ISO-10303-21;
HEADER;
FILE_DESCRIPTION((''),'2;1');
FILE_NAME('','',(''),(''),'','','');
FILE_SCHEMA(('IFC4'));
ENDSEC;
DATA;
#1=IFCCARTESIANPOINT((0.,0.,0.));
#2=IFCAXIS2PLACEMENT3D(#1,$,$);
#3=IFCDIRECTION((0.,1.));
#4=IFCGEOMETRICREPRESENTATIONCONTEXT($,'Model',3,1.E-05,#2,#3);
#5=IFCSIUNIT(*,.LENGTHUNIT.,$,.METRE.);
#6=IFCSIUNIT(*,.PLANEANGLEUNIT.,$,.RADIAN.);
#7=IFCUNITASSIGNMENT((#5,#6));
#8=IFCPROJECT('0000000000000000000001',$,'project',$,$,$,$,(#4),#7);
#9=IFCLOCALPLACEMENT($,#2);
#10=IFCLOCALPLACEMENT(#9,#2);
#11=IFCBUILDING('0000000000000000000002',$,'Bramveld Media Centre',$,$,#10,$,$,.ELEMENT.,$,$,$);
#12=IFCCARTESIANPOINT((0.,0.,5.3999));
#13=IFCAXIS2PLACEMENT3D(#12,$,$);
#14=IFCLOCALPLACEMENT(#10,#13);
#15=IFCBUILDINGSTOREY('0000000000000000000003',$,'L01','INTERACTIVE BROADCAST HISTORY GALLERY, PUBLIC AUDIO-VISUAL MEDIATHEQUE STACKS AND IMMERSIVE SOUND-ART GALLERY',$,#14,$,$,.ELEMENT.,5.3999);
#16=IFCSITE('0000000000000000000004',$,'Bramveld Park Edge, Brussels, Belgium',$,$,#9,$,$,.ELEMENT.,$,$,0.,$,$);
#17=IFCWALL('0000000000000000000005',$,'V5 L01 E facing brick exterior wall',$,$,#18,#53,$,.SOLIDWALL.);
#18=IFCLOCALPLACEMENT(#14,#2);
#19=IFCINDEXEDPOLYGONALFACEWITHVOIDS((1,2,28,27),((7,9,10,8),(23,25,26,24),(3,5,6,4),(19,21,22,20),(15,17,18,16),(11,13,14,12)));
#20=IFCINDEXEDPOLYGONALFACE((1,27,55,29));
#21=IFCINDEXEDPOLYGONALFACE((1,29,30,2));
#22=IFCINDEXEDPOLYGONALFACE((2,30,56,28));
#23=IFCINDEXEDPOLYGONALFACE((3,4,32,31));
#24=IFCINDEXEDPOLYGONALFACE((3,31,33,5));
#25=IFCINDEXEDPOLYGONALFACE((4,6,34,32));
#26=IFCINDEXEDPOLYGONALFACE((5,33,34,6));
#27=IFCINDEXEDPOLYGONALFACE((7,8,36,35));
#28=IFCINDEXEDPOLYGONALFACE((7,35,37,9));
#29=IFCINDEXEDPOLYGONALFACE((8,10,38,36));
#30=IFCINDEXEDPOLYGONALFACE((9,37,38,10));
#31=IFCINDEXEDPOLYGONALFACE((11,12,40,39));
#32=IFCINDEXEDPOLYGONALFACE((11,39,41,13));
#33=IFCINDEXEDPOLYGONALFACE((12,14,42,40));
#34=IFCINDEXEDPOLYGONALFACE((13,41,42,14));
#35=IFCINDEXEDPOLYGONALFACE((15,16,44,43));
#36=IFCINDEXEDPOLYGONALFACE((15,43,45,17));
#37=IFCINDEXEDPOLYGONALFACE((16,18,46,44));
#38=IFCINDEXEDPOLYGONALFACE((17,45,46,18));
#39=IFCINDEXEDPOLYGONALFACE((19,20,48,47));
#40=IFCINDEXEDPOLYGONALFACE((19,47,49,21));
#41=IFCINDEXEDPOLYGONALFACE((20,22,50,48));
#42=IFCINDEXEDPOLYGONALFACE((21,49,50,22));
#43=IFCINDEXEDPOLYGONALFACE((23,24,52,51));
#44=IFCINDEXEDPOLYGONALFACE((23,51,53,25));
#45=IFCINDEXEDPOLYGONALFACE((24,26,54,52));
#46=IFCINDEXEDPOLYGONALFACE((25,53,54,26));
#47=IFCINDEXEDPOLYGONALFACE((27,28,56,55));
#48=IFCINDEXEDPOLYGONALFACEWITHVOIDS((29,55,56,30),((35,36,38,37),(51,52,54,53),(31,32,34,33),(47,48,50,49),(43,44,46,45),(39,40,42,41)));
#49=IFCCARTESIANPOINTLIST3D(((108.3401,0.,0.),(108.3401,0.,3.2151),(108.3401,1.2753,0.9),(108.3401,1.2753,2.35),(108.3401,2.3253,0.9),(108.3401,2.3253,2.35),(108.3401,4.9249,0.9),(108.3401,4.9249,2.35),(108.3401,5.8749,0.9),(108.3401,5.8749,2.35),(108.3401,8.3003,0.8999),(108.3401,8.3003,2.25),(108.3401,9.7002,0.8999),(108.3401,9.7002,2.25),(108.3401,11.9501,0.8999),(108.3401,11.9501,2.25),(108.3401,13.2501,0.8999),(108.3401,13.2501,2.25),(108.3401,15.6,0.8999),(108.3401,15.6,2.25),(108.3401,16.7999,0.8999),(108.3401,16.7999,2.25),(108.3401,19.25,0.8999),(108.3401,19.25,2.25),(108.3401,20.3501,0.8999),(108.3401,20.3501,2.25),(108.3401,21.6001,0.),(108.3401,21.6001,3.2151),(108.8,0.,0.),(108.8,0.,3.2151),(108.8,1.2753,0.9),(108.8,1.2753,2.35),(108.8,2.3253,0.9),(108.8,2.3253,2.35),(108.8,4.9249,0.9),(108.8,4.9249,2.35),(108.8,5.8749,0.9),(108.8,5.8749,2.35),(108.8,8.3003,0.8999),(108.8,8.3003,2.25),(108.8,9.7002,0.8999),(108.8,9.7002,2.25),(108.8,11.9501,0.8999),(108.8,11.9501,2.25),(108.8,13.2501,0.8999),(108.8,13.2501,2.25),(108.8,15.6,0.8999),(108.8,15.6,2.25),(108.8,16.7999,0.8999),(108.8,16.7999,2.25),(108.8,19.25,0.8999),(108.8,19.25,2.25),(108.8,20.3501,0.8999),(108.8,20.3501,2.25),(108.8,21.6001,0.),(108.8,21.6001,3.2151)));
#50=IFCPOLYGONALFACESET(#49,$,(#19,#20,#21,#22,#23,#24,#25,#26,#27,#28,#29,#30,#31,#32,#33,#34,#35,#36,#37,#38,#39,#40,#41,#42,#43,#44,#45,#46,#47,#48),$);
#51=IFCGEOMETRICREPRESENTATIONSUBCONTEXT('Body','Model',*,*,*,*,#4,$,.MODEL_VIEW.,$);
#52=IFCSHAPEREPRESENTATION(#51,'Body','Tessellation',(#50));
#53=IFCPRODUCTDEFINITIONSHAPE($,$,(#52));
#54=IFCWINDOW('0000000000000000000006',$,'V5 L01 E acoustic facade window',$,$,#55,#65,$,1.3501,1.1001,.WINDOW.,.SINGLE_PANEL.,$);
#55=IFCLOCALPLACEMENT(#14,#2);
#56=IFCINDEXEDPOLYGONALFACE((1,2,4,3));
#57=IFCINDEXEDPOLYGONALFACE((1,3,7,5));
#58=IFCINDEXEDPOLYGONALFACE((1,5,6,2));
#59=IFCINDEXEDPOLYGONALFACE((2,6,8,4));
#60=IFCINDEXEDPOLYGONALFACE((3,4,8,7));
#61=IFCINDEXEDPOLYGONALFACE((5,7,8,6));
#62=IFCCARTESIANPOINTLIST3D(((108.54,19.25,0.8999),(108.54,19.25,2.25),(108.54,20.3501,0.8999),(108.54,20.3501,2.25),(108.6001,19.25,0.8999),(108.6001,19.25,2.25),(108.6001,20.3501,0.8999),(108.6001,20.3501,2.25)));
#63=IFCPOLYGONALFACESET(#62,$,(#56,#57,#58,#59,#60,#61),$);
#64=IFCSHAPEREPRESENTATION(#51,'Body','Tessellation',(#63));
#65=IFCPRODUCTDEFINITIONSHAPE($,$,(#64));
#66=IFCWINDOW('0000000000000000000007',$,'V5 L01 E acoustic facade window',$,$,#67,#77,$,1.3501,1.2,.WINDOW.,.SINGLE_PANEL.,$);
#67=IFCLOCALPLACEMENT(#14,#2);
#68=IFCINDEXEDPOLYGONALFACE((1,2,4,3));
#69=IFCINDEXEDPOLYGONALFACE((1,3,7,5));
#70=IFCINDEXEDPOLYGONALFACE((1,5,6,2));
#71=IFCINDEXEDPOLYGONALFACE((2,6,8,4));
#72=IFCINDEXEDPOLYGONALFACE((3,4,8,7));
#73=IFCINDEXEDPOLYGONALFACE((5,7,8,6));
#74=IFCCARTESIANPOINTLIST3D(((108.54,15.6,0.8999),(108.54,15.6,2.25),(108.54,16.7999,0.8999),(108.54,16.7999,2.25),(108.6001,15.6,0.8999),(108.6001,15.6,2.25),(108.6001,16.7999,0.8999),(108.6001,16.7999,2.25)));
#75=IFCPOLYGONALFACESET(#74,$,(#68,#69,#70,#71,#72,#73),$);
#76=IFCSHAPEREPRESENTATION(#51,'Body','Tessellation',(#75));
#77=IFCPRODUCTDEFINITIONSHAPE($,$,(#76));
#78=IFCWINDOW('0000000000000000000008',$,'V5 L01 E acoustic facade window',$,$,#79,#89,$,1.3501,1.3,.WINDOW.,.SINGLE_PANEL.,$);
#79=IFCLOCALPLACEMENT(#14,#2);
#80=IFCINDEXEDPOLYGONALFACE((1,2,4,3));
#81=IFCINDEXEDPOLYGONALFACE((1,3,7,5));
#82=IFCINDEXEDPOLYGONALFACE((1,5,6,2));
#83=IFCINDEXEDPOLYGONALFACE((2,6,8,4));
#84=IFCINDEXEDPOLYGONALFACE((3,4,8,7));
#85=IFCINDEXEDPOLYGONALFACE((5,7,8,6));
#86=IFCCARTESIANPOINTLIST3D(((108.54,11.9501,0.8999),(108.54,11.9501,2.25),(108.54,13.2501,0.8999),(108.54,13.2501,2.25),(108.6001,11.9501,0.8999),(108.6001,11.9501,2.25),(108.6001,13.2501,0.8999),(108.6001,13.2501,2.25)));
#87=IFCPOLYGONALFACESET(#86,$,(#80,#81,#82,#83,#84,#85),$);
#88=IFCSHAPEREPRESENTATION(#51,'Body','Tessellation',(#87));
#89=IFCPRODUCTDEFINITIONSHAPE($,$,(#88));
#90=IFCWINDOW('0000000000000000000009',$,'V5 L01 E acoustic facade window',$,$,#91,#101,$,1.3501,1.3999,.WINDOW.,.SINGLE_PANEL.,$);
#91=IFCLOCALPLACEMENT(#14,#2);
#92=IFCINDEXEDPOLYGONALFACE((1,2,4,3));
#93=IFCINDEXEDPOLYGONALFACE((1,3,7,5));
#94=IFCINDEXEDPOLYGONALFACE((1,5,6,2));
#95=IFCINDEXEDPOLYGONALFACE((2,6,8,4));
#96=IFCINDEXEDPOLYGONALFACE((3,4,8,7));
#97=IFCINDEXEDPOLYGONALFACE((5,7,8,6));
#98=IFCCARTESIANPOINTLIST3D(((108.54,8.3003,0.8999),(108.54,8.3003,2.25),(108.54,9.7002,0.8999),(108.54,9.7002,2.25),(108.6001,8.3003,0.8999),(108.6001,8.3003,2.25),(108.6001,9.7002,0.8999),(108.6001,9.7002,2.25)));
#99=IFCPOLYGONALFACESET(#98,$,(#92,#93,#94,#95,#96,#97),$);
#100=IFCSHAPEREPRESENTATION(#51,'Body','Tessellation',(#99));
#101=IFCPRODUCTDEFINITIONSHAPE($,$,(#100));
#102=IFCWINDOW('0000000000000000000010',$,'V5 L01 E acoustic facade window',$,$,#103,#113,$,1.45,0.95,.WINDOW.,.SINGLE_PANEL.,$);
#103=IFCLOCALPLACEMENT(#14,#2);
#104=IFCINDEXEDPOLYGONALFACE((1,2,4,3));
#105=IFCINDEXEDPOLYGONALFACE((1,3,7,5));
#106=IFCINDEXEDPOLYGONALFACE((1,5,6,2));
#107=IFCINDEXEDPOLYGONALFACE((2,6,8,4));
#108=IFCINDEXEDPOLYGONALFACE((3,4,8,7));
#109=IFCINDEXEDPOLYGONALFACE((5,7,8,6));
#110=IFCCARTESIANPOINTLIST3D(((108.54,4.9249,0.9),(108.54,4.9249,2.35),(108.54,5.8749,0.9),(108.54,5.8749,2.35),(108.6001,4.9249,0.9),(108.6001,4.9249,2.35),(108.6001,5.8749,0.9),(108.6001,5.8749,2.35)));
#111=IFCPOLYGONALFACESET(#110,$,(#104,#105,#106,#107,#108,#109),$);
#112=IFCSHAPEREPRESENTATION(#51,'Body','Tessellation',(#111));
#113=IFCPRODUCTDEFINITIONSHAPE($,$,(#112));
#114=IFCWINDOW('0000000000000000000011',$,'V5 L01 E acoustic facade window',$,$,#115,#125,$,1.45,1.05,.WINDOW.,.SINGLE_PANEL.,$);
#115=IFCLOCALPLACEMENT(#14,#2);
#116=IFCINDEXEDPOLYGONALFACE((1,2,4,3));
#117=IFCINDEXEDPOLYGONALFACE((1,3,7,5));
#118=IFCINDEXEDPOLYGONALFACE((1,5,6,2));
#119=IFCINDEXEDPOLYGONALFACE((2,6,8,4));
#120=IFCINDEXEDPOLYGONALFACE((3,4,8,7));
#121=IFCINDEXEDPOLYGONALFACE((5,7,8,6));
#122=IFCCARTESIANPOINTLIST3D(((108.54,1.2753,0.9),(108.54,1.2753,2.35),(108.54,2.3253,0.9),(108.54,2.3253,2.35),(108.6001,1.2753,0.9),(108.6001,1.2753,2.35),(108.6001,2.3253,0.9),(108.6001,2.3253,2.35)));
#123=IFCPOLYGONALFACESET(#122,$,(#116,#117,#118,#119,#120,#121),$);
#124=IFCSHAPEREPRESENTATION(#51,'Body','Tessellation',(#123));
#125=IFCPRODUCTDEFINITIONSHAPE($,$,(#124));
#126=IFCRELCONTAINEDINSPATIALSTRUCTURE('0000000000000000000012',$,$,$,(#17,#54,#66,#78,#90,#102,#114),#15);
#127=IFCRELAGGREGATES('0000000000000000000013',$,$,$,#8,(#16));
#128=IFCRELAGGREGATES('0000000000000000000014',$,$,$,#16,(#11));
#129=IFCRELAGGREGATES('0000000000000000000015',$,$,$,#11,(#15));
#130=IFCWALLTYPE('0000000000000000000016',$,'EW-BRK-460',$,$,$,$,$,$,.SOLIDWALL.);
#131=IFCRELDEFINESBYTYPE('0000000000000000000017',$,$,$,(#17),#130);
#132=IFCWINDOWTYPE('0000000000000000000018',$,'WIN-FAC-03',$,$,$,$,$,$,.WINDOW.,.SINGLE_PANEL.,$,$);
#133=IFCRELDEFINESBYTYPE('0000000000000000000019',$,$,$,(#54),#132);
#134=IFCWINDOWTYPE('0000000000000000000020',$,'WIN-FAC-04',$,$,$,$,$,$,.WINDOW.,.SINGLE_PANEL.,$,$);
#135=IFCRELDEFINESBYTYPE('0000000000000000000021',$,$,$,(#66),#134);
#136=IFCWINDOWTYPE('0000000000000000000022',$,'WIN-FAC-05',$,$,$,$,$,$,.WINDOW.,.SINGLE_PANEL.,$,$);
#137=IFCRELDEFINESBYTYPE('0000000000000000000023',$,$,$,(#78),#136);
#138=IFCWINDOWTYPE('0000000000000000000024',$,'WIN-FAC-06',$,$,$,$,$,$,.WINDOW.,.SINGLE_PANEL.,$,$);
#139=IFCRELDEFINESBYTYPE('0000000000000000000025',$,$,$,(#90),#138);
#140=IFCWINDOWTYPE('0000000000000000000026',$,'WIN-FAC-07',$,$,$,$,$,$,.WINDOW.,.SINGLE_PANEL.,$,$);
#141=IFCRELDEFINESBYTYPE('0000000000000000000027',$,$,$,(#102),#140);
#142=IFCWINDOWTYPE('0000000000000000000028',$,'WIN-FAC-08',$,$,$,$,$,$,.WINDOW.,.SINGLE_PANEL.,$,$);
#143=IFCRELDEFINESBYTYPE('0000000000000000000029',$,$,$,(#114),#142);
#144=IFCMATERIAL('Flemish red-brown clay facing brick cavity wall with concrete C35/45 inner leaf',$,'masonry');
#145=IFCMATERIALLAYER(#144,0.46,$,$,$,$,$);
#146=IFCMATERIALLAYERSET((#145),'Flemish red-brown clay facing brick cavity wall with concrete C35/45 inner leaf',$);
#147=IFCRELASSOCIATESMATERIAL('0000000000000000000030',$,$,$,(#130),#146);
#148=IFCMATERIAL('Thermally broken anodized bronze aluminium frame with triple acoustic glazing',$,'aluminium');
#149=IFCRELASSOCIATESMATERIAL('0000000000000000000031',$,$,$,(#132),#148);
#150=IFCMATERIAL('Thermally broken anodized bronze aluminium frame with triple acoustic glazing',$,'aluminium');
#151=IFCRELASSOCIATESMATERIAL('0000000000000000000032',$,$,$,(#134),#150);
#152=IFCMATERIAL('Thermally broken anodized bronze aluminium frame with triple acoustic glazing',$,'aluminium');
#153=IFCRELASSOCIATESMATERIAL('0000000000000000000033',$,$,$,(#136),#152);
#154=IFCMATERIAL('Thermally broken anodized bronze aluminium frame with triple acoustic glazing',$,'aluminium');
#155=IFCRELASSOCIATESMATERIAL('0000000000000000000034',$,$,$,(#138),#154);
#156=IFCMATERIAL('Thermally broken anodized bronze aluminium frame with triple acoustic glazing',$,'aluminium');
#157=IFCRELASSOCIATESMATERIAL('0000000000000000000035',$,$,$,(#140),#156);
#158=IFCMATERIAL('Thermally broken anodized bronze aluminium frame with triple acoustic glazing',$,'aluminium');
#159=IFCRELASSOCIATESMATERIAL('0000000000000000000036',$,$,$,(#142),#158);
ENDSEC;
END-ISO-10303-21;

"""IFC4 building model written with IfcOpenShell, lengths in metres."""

from ifc_helpers import new_model, si_unit, direction, frame, frame_2d, origin, place, context, subcontext, project, spatial, rectangle, extrude, material, layer, layer_set, type_object, element, fill, save


model = new_model("IFC4")

# Units and contexts
model_context = context("Model", 3, precision=1e-05, world=origin(), true_north=direction((0.0, 1.0)))
body_context = subcontext(model_context, "Body", "Model", "MODEL_VIEW")
ifc_project = project(units=[si_unit("LENGTHUNIT", "METRE"), si_unit("PLANEANGLEUNIT", "RADIAN")], contexts=[model_context])

# Site, building, storey
site_placement = place(None, origin())
site = spatial("IfcSite", under=ifc_project, at=site_placement, Name="Bramveld Park Edge, Brussels, Belgium", CompositionType="ELEMENT", RefElevation=0.0)
building_placement = place(site_placement, origin())
building = spatial("IfcBuilding", under=site, at=building_placement, Name="Bramveld Media Centre", CompositionType="ELEMENT")
storey_placement = place(building_placement, frame((0.0, 0.0, 5.3999)))
storey = spatial("IfcBuildingStorey", under=building, at=storey_placement, Name="L01", Description="INTERACTIVE BROADCAST HISTORY GALLERY, PUBLIC AUDIO-VISUAL MEDIATHEQUE STACKS AND IMMERSIVE SOUND-ART GALLERY", CompositionType="ELEMENT", Elevation=5.3999)

# Wall, openings, windows
ifc_material_1 = material(Name="Flemish red-brown clay facing brick cavity wall with concrete C35/45 inner leaf", Category="masonry")
ifc_layer_1 = layer(ifc_material_1, 0.46)
ifc_layer_set_1 = layer_set([ifc_layer_1], Name="Flemish red-brown clay facing brick cavity wall with concrete C35/45 inner leaf")
wall_type = type_object("IfcWallType", Name="EW-BRK-460", PredefinedType="SOLIDWALL", material=ifc_layer_set_1)
wall_placement = place(storey_placement, frame((108.5701, 21.6001, 0.0), z_axis=(0.0, 0.0, 1.0), x_axis=(0.0, -1.0, 0.0)))
wall = element("IfcWall", 1, at=wall_placement, inside=storey, type_object=wall_type, Name="V5 L01 E facing brick exterior wall", PredefinedType="SOLIDWALL", context=body_context, shape_type="SweptSolid", body=[
    extrude(rectangle(XDim=21.6001, YDim=0.46, at=frame_2d((10.8, 0.0))), origin(), (0.0, 0.0, 1.0), 3.2151),
])
opening_1_placement = place(wall_placement, frame((1.25, 0.0, 0.8999)))
opening_1 = element("IfcOpeningElement", 2, at=opening_1_placement, cuts=wall, PredefinedType="OPENING", context=body_context, shape_type="SweptSolid", body=[
    extrude(rectangle(XDim=1.1001, YDim=1.3501, at=frame_2d((0.55, 0.675))), frame((0.0, 0.2419, 0.0), z_axis=(0.0, -1.0, 0.0), x_axis=(1.0, 0.0, 0.0)), (0.0, 0.0, 1.0), 0.4839),
])
opening_2_placement = place(wall_placement, frame((4.8, 0.0, 0.8999)))
opening_2 = element("IfcOpeningElement", 3, at=opening_2_placement, cuts=wall, PredefinedType="OPENING", context=body_context, shape_type="SweptSolid", body=[
    extrude(rectangle(XDim=1.2, YDim=1.3501, at=frame_2d((0.6001, 0.675))), frame((0.0, 0.2419, 0.0), z_axis=(0.0, -1.0, 0.0), x_axis=(1.0, 0.0, 0.0)), (0.0, 0.0, 1.0), 0.4839),
])
opening_3_placement = place(wall_placement, frame((8.3501, 0.0, 0.8999)))
opening_3 = element("IfcOpeningElement", 4, at=opening_3_placement, cuts=wall, PredefinedType="OPENING", context=body_context, shape_type="SweptSolid", body=[
    extrude(rectangle(XDim=1.3, YDim=1.3501, at=frame_2d((0.6499, 0.675))), frame((0.0, 0.2419, 0.0), z_axis=(0.0, -1.0, 0.0), x_axis=(1.0, 0.0, 0.0)), (0.0, 0.0, 1.0), 0.4839),
])
opening_4_placement = place(wall_placement, frame((11.8999, 0.0, 0.8999)))
opening_4 = element("IfcOpeningElement", 5, at=opening_4_placement, cuts=wall, PredefinedType="OPENING", context=body_context, shape_type="SweptSolid", body=[
    extrude(rectangle(XDim=1.3999, YDim=1.3501, at=frame_2d((0.7, 0.675))), frame((0.0, 0.2419, 0.0), z_axis=(0.0, -1.0, 0.0), x_axis=(1.0, 0.0, 0.0)), (0.0, 0.0, 1.0), 0.4839),
])
opening_5_placement = place(wall_placement, frame((15.7251, 0.0, 0.8999)))
opening_5 = element("IfcOpeningElement", 6, at=opening_5_placement, cuts=wall, PredefinedType="OPENING", context=body_context, shape_type="SweptSolid", body=[
    extrude(rectangle(XDim=0.95, YDim=1.45, at=frame_2d((0.4751, 0.7251))), frame((0.0, 0.2419, 0.0), z_axis=(0.0, -1.0, 0.0), x_axis=(1.0, 0.0, 0.0)), (0.0, 0.0, 1.0), 0.4839),
])
opening_6_placement = place(wall_placement, frame((19.2749, 0.0, 0.8999)))
opening_6 = element("IfcOpeningElement", 7, at=opening_6_placement, cuts=wall, PredefinedType="OPENING", context=body_context, shape_type="SweptSolid", body=[
    extrude(rectangle(XDim=1.05, YDim=1.45, at=frame_2d((0.5249, 0.7251))), frame((0.0, 0.2419, 0.0), z_axis=(0.0, -1.0, 0.0), x_axis=(1.0, 0.0, 0.0)), (0.0, 0.0, 1.0), 0.4839),
])
ifc_material_2 = material(Name="Thermally broken anodized bronze aluminium frame with triple acoustic glazing", Category="aluminium")
window_type_1 = type_object("IfcWindowType", Name="WIN-FAC-03", PartitioningType="SINGLE_PANEL", PredefinedType="WINDOW", material=ifc_material_2)
window_1_placement = place(opening_1_placement, origin())
window_1 = element("IfcWindow", 8, at=window_1_placement, inside=storey, type_object=window_type_1, Name="V5 L01 E acoustic facade window", OverallHeight=1.3501, OverallWidth=1.1001, PartitioningType="SINGLE_PANEL", PredefinedType="WINDOW", context=body_context, shape_type="SweptSolid", body=[
    extrude(rectangle(XDim=1.1001, YDim=1.3501, at=frame_2d((0.55, 0.675))), frame((0.0, 0.03, 0.0), z_axis=(0.0, -1.0, 0.0), x_axis=(1.0, 0.0, 0.0)), (0.0, 0.0, 1.0), 0.0601),
])
fill(opening_1, window_1)
ifc_material_3 = material(Name="Thermally broken anodized bronze aluminium frame with triple acoustic glazing", Category="aluminium")
window_type_2 = type_object("IfcWindowType", Name="WIN-FAC-04", PartitioningType="SINGLE_PANEL", PredefinedType="WINDOW", material=ifc_material_3)
window_2_placement = place(opening_2_placement, origin())
window_2 = element("IfcWindow", 9, at=window_2_placement, inside=storey, type_object=window_type_2, Name="V5 L01 E acoustic facade window", OverallHeight=1.3501, OverallWidth=1.2, PartitioningType="SINGLE_PANEL", PredefinedType="WINDOW", context=body_context, shape_type="SweptSolid", body=[
    extrude(rectangle(XDim=1.2, YDim=1.3501, at=frame_2d((0.6001, 0.675))), frame((0.0, 0.03, 0.0), z_axis=(0.0, -1.0, 0.0), x_axis=(1.0, 0.0, 0.0)), (0.0, 0.0, 1.0), 0.0601),
])
fill(opening_2, window_2)
ifc_material_4 = material(Name="Thermally broken anodized bronze aluminium frame with triple acoustic glazing", Category="aluminium")
window_type_3 = type_object("IfcWindowType", Name="WIN-FAC-05", PartitioningType="SINGLE_PANEL", PredefinedType="WINDOW", material=ifc_material_4)
window_3_placement = place(opening_3_placement, origin())
window_3 = element("IfcWindow", 10, at=window_3_placement, inside=storey, type_object=window_type_3, Name="V5 L01 E acoustic facade window", OverallHeight=1.3501, OverallWidth=1.3, PartitioningType="SINGLE_PANEL", PredefinedType="WINDOW", context=body_context, shape_type="SweptSolid", body=[
    extrude(rectangle(XDim=1.3, YDim=1.3501, at=frame_2d((0.6499, 0.675))), frame((0.0, 0.03, 0.0), z_axis=(0.0, -1.0, 0.0), x_axis=(1.0, 0.0, 0.0)), (0.0, 0.0, 1.0), 0.0601),
])
fill(opening_3, window_3)
ifc_material_5 = material(Name="Thermally broken anodized bronze aluminium frame with triple acoustic glazing", Category="aluminium")
window_type_4 = type_object("IfcWindowType", Name="WIN-FAC-06", PartitioningType="SINGLE_PANEL", PredefinedType="WINDOW", material=ifc_material_5)
window_4_placement = place(opening_4_placement, origin())
window_4 = element("IfcWindow", 11, at=window_4_placement, inside=storey, type_object=window_type_4, Name="V5 L01 E acoustic facade window", OverallHeight=1.3501, OverallWidth=1.3999, PartitioningType="SINGLE_PANEL", PredefinedType="WINDOW", context=body_context, shape_type="SweptSolid", body=[
    extrude(rectangle(XDim=1.3999, YDim=1.3501, at=frame_2d((0.7, 0.675))), frame((0.0, 0.03, 0.0), z_axis=(0.0, -1.0, 0.0), x_axis=(1.0, 0.0, 0.0)), (0.0, 0.0, 1.0), 0.0601),
])
fill(opening_4, window_4)
ifc_material_6 = material(Name="Thermally broken anodized bronze aluminium frame with triple acoustic glazing", Category="aluminium")
window_type_5 = type_object("IfcWindowType", Name="WIN-FAC-07", PartitioningType="SINGLE_PANEL", PredefinedType="WINDOW", material=ifc_material_6)
window_5_placement = place(opening_5_placement, origin())
window_5 = element("IfcWindow", 12, at=window_5_placement, inside=storey, type_object=window_type_5, Name="V5 L01 E acoustic facade window", OverallHeight=1.45, OverallWidth=0.95, PartitioningType="SINGLE_PANEL", PredefinedType="WINDOW", context=body_context, shape_type="SweptSolid", body=[
    extrude(rectangle(XDim=0.95, YDim=1.45, at=frame_2d((0.4751, 0.7251))), frame((0.0, 0.03, 0.0), z_axis=(0.0, -1.0, 0.0), x_axis=(1.0, 0.0, 0.0)), (0.0, 0.0, 1.0), 0.0601),
])
fill(opening_5, window_5)
ifc_material_7 = material(Name="Thermally broken anodized bronze aluminium frame with triple acoustic glazing", Category="aluminium")
window_type_6 = type_object("IfcWindowType", Name="WIN-FAC-08", PartitioningType="SINGLE_PANEL", PredefinedType="WINDOW", material=ifc_material_7)
window_6_placement = place(opening_6_placement, origin())
window_6 = element("IfcWindow", 13, at=window_6_placement, inside=storey, type_object=window_type_6, Name="V5 L01 E acoustic facade window", OverallHeight=1.45, OverallWidth=1.05, PartitioningType="SINGLE_PANEL", PredefinedType="WINDOW", context=body_context, shape_type="SweptSolid", body=[
    extrude(rectangle(XDim=1.05, YDim=1.45, at=frame_2d((0.5249, 0.7251))), frame((0.0, 0.03, 0.0), z_axis=(0.0, -1.0, 0.0), x_axis=(1.0, 0.0, 0.0)), (0.0, 0.0, 1.0), 0.0601),
])
fill(opening_6, window_6)

save(model, "model.ifc")
